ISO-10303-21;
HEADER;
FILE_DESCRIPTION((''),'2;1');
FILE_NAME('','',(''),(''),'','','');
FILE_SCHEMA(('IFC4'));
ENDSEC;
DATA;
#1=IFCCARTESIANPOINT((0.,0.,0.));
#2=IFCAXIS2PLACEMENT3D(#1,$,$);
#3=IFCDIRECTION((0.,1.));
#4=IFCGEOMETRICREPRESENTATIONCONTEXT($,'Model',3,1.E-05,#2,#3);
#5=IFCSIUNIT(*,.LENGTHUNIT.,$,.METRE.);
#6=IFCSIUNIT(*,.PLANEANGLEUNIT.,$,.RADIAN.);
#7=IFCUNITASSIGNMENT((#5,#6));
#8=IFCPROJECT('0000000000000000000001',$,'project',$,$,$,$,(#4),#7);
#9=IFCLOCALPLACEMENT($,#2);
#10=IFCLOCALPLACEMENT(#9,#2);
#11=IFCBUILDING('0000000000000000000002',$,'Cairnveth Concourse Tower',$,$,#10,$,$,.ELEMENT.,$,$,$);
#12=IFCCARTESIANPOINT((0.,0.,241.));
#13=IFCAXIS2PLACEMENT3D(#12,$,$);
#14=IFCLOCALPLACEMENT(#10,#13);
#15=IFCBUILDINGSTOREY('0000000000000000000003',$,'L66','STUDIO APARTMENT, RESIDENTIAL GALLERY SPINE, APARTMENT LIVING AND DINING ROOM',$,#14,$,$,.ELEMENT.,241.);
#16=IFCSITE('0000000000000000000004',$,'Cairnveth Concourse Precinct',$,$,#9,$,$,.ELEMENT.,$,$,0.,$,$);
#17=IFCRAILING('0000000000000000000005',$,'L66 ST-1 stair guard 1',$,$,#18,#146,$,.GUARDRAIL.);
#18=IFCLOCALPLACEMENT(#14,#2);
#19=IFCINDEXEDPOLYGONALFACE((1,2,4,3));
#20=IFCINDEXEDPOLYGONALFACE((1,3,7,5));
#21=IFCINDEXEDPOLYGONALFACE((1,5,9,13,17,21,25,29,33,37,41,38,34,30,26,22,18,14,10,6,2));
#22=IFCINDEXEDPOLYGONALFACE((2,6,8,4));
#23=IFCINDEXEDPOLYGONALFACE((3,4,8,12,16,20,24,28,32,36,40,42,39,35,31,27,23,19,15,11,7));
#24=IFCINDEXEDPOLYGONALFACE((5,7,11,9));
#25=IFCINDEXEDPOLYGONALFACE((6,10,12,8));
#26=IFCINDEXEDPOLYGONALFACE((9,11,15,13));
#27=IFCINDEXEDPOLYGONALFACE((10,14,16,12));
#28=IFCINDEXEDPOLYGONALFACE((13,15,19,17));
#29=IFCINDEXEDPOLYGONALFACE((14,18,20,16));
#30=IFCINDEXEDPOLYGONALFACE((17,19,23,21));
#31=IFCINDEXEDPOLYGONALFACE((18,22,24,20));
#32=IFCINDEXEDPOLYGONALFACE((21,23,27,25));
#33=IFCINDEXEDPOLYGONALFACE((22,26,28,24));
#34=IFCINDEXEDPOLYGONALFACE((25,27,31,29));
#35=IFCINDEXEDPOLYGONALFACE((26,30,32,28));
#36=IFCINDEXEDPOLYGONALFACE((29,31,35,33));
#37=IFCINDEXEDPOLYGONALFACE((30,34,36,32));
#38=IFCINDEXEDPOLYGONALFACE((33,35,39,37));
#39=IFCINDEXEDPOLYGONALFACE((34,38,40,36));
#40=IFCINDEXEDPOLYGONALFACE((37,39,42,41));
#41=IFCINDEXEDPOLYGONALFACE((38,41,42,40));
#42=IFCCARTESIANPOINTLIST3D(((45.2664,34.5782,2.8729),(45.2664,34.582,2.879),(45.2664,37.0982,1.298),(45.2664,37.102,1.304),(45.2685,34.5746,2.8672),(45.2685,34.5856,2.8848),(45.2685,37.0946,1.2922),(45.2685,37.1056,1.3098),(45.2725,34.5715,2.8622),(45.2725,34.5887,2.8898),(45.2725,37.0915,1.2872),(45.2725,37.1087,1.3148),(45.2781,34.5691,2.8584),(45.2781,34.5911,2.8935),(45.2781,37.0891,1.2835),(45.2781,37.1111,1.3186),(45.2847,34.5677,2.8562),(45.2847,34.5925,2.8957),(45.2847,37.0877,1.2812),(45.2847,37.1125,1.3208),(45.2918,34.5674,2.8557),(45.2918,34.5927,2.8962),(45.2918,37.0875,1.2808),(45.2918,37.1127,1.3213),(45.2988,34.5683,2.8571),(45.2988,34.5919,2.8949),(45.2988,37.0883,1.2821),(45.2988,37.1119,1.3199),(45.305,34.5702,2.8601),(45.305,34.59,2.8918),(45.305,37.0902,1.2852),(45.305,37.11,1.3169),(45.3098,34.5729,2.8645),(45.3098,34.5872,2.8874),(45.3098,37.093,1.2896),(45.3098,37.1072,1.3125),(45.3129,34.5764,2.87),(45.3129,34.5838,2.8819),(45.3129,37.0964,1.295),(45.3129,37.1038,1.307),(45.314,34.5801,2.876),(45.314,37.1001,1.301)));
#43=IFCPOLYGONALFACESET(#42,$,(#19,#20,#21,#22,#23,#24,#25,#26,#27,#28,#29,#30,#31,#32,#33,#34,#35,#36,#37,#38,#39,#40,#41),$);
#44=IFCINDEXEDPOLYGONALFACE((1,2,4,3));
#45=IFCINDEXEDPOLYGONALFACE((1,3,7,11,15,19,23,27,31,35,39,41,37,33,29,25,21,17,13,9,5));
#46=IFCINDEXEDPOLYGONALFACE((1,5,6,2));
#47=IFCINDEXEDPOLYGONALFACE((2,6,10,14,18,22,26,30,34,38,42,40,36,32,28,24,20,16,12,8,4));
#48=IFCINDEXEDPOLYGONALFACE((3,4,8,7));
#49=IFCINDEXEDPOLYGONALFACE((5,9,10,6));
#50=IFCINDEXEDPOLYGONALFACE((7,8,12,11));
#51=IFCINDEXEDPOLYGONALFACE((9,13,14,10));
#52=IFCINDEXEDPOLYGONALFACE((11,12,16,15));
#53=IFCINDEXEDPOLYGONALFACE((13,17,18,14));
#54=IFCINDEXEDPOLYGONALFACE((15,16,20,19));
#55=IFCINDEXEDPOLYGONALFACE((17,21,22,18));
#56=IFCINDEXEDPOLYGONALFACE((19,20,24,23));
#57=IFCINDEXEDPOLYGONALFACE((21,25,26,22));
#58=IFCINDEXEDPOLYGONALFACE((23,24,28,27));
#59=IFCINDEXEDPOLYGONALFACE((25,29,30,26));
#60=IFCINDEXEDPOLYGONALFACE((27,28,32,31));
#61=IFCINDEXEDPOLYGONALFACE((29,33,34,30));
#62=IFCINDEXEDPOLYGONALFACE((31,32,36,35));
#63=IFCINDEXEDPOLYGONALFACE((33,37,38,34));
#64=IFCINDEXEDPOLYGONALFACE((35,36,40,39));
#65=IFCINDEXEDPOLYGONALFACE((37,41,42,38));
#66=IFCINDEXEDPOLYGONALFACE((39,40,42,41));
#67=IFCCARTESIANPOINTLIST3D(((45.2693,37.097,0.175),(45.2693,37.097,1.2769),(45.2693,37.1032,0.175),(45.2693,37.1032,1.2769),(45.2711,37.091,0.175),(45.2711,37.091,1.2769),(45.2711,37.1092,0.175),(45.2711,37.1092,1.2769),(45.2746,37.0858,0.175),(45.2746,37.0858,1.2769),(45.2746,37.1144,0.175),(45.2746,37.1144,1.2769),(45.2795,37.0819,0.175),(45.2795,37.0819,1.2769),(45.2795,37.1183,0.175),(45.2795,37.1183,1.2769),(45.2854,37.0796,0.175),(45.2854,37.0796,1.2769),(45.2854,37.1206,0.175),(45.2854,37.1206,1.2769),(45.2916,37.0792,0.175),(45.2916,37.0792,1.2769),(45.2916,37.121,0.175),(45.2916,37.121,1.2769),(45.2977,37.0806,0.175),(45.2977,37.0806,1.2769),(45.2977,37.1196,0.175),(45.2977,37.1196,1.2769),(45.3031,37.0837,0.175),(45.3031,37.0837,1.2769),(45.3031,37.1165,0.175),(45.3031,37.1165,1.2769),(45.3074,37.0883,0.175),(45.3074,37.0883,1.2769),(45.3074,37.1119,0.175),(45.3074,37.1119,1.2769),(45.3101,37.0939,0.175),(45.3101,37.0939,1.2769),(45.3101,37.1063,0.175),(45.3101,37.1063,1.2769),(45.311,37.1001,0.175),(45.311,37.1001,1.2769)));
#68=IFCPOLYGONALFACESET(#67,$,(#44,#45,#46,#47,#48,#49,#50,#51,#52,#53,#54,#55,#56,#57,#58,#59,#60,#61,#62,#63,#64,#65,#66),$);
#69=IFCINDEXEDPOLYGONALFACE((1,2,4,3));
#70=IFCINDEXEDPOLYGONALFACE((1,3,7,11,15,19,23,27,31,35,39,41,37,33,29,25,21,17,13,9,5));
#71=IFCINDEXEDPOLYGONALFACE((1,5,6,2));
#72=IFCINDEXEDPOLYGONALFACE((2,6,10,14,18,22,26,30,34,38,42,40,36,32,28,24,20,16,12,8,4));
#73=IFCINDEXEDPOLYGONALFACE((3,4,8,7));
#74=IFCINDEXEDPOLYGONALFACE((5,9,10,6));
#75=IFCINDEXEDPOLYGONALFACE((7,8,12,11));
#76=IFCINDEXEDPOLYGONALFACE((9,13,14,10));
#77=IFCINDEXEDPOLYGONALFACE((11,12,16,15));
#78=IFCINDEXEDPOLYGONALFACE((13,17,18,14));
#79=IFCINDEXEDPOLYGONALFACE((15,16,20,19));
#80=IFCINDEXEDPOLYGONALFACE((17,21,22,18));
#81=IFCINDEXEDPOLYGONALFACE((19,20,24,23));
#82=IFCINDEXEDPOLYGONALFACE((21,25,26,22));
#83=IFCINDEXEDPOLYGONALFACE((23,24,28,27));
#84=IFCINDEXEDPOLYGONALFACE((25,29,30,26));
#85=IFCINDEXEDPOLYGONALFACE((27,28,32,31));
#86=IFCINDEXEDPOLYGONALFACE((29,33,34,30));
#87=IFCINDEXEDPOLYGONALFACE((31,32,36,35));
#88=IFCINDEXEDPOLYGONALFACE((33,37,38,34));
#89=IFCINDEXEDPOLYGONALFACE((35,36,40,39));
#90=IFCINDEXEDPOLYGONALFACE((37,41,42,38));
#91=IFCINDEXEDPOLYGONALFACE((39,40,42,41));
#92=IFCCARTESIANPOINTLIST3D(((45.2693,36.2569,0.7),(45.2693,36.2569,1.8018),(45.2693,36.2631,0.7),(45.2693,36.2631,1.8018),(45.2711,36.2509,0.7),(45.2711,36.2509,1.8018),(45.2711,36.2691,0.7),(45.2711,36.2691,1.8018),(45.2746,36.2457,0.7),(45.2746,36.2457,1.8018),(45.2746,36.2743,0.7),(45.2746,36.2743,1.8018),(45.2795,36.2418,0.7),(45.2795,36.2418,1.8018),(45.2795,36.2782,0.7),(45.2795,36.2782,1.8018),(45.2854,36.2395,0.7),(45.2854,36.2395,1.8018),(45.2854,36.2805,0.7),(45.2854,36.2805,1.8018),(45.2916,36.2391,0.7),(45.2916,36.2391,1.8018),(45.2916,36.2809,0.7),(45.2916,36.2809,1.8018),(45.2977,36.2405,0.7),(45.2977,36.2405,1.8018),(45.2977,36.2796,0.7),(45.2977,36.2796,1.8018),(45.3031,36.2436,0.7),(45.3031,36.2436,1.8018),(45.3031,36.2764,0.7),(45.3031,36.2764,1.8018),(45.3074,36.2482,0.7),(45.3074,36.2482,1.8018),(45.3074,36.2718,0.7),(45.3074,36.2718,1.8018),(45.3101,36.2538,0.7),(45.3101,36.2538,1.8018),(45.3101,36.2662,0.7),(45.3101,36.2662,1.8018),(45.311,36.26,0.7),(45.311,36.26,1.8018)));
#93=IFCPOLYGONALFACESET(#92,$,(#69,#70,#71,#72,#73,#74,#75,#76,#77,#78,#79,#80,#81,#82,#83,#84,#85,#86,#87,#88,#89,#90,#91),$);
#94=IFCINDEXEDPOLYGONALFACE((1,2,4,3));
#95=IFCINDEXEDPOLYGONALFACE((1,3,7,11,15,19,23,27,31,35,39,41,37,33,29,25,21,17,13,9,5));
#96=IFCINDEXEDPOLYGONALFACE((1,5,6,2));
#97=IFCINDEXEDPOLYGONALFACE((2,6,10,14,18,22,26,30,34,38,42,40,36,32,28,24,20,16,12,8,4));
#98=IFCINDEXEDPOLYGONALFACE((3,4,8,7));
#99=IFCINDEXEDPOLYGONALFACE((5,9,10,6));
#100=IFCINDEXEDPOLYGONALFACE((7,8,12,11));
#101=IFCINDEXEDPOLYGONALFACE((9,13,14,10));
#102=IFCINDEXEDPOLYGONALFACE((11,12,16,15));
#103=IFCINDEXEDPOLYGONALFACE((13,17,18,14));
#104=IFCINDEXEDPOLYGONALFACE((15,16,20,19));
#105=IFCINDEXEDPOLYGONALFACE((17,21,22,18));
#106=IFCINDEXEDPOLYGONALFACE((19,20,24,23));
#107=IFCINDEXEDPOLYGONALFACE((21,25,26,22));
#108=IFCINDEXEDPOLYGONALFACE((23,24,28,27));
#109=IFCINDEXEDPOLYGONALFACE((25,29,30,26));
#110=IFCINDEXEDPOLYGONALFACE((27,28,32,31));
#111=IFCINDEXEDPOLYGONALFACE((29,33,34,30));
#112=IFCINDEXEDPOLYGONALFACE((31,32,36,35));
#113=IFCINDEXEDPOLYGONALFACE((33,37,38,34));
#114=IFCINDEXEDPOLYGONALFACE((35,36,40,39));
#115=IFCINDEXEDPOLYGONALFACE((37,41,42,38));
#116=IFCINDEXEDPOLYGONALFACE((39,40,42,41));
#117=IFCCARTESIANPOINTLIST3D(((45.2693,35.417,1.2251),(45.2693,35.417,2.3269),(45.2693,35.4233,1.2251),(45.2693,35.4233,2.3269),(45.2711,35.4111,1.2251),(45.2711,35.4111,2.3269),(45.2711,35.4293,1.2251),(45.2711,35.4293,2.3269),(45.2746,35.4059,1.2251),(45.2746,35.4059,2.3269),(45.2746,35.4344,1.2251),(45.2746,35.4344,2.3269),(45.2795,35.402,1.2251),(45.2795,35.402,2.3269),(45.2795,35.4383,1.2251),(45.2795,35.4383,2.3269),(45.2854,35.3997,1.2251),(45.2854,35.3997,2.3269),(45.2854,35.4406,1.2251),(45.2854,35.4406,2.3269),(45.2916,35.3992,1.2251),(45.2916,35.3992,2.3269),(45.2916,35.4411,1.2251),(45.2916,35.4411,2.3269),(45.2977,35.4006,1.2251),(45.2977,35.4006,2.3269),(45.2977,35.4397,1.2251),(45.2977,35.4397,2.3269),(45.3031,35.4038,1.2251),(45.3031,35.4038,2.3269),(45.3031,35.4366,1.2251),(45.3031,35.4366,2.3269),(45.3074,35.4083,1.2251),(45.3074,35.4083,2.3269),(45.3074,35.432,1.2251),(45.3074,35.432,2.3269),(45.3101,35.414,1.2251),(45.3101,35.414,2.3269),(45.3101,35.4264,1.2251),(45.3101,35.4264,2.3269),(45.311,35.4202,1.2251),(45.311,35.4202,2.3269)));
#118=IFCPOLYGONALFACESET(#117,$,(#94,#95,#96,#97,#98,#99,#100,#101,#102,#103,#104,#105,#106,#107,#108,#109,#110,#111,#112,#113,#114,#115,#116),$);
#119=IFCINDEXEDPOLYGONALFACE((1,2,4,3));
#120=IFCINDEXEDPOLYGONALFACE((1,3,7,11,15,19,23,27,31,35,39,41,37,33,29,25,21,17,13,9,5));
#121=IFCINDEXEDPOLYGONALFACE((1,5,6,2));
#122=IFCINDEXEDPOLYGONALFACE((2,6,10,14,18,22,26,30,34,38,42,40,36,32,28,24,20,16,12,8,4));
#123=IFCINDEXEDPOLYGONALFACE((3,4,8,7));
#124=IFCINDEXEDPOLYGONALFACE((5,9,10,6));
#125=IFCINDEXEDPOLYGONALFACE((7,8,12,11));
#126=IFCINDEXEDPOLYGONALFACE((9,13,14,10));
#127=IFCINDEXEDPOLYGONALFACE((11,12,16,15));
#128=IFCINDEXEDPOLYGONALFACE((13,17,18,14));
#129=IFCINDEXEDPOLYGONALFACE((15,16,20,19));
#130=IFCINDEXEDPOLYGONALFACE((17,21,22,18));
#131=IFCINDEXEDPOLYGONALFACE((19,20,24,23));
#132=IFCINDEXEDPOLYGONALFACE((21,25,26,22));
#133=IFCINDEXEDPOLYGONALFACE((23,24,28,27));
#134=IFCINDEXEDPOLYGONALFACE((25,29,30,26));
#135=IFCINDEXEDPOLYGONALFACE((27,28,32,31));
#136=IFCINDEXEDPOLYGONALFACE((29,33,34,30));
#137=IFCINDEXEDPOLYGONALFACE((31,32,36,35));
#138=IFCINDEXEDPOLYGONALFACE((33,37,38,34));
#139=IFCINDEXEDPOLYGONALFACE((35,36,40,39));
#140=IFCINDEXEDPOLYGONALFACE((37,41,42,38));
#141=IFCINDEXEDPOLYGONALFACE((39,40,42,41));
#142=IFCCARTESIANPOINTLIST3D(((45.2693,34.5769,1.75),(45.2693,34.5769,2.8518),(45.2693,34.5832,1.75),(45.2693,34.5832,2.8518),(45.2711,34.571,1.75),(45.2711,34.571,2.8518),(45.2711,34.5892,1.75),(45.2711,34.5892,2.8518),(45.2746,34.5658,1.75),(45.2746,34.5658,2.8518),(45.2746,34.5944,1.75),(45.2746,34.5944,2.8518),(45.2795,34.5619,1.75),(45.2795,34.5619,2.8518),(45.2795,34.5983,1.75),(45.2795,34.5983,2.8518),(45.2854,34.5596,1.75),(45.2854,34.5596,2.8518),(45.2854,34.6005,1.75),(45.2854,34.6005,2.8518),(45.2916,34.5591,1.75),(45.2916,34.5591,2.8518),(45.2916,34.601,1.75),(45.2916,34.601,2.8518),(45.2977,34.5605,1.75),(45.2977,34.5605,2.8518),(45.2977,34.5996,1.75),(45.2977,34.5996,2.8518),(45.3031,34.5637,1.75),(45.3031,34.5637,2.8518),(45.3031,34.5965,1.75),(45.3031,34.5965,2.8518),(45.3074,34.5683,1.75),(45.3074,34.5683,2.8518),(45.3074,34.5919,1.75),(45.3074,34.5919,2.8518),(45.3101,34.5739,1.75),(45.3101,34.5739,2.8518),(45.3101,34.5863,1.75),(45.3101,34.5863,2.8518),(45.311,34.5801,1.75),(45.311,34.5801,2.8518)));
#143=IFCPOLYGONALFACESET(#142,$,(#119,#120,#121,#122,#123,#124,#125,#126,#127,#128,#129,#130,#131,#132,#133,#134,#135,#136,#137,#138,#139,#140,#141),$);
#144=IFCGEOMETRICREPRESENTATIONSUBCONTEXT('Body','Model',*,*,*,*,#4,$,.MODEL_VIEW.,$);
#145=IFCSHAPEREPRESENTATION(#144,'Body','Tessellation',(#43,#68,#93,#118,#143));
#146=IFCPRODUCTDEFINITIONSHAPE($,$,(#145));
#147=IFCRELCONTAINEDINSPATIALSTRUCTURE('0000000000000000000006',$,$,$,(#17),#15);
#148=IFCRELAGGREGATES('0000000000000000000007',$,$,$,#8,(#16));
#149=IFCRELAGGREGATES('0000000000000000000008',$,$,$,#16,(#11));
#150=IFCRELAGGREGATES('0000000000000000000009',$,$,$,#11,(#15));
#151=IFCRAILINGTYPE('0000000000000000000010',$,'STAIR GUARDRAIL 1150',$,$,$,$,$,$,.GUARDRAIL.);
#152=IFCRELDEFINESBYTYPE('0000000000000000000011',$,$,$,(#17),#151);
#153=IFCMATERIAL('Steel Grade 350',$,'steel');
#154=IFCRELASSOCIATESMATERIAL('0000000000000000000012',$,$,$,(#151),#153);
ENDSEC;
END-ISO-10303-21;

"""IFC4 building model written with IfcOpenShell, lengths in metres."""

from ifc_helpers import new_model, si_unit, direction, frame, origin, origin_2d, place, context, subcontext, project, spatial, circle, extrude, material, type_object, element, save


model = new_model("IFC4")

# Units and contexts
model_context = context("Model", 3, precision=1e-05, world=origin(), true_north=direction((0.0, 1.0)))
body_context = subcontext(model_context, "Body", "Model", "MODEL_VIEW")
ifc_project = project(units=[si_unit("LENGTHUNIT", "METRE"), si_unit("PLANEANGLEUNIT", "RADIAN")], contexts=[model_context])

# Site, building, storey
site_placement = place(None, origin())
site = spatial("IfcSite", under=ifc_project, at=site_placement, Name="Cairnveth Concourse Precinct", CompositionType="ELEMENT", RefElevation=0.0)
building_placement = place(site_placement, origin())
building = spatial("IfcBuilding", under=site, at=building_placement, Name="Cairnveth Concourse Tower", CompositionType="ELEMENT")
storey_placement = place(building_placement, frame((0.0, 0.0, 241.0)))
storey = spatial("IfcBuildingStorey", under=building, at=storey_placement, Name="L66", Description="STUDIO APARTMENT, RESIDENTIAL GALLERY SPINE, APARTMENT LIVING AND DINING ROOM", CompositionType="ELEMENT", Elevation=241.0)

# Shared definitions
ifc_material_1 = material(Name="Steel Grade 350", Category="steel")

# Railing
railing_type_1 = type_object("IfcRailingType", Name="STAIR GUARDRAIL 1150", PredefinedType="GUARDRAIL", material=ifc_material_1)
railing_1_placement = place(storey_placement, frame((45.29, 37.1001, 0.175)))
element("IfcRailing", 1, at=railing_1_placement, inside=storey, type_object=railing_type_1, Name="L66 ST-1 stair guard 1", PredefinedType="GUARDRAIL", context=body_context, shape_type="SweptSolid", body=[
    extrude(circle(Radius=0.0239, at=origin_2d()), frame((0.0, 0.0, 1.126), z_axis=(0.0, -0.848008, 0.529984), x_axis=(1.0, 0.0, 0.0)), (0.0, 0.0, 1.0), 2.9717),
    extrude(circle(Radius=0.021, at=origin_2d()), origin(), (0.0, 0.0, 1.0), 1.1018),
    extrude(circle(Radius=0.021, at=origin_2d()), frame((0.0, -0.8401, 0.5249)), (0.0, 0.0, 1.0), 1.1018),
    extrude(circle(Radius=0.021, at=origin_2d()), frame((0.0, -1.6799, 1.05)), (0.0, 0.0, 1.0), 1.1018),
    extrude(circle(Radius=0.021, at=origin_2d()), frame((0.0, -2.52, 1.575)), (0.0, 0.0, 1.0), 1.1018),
])

save(model, "model.ifc")
